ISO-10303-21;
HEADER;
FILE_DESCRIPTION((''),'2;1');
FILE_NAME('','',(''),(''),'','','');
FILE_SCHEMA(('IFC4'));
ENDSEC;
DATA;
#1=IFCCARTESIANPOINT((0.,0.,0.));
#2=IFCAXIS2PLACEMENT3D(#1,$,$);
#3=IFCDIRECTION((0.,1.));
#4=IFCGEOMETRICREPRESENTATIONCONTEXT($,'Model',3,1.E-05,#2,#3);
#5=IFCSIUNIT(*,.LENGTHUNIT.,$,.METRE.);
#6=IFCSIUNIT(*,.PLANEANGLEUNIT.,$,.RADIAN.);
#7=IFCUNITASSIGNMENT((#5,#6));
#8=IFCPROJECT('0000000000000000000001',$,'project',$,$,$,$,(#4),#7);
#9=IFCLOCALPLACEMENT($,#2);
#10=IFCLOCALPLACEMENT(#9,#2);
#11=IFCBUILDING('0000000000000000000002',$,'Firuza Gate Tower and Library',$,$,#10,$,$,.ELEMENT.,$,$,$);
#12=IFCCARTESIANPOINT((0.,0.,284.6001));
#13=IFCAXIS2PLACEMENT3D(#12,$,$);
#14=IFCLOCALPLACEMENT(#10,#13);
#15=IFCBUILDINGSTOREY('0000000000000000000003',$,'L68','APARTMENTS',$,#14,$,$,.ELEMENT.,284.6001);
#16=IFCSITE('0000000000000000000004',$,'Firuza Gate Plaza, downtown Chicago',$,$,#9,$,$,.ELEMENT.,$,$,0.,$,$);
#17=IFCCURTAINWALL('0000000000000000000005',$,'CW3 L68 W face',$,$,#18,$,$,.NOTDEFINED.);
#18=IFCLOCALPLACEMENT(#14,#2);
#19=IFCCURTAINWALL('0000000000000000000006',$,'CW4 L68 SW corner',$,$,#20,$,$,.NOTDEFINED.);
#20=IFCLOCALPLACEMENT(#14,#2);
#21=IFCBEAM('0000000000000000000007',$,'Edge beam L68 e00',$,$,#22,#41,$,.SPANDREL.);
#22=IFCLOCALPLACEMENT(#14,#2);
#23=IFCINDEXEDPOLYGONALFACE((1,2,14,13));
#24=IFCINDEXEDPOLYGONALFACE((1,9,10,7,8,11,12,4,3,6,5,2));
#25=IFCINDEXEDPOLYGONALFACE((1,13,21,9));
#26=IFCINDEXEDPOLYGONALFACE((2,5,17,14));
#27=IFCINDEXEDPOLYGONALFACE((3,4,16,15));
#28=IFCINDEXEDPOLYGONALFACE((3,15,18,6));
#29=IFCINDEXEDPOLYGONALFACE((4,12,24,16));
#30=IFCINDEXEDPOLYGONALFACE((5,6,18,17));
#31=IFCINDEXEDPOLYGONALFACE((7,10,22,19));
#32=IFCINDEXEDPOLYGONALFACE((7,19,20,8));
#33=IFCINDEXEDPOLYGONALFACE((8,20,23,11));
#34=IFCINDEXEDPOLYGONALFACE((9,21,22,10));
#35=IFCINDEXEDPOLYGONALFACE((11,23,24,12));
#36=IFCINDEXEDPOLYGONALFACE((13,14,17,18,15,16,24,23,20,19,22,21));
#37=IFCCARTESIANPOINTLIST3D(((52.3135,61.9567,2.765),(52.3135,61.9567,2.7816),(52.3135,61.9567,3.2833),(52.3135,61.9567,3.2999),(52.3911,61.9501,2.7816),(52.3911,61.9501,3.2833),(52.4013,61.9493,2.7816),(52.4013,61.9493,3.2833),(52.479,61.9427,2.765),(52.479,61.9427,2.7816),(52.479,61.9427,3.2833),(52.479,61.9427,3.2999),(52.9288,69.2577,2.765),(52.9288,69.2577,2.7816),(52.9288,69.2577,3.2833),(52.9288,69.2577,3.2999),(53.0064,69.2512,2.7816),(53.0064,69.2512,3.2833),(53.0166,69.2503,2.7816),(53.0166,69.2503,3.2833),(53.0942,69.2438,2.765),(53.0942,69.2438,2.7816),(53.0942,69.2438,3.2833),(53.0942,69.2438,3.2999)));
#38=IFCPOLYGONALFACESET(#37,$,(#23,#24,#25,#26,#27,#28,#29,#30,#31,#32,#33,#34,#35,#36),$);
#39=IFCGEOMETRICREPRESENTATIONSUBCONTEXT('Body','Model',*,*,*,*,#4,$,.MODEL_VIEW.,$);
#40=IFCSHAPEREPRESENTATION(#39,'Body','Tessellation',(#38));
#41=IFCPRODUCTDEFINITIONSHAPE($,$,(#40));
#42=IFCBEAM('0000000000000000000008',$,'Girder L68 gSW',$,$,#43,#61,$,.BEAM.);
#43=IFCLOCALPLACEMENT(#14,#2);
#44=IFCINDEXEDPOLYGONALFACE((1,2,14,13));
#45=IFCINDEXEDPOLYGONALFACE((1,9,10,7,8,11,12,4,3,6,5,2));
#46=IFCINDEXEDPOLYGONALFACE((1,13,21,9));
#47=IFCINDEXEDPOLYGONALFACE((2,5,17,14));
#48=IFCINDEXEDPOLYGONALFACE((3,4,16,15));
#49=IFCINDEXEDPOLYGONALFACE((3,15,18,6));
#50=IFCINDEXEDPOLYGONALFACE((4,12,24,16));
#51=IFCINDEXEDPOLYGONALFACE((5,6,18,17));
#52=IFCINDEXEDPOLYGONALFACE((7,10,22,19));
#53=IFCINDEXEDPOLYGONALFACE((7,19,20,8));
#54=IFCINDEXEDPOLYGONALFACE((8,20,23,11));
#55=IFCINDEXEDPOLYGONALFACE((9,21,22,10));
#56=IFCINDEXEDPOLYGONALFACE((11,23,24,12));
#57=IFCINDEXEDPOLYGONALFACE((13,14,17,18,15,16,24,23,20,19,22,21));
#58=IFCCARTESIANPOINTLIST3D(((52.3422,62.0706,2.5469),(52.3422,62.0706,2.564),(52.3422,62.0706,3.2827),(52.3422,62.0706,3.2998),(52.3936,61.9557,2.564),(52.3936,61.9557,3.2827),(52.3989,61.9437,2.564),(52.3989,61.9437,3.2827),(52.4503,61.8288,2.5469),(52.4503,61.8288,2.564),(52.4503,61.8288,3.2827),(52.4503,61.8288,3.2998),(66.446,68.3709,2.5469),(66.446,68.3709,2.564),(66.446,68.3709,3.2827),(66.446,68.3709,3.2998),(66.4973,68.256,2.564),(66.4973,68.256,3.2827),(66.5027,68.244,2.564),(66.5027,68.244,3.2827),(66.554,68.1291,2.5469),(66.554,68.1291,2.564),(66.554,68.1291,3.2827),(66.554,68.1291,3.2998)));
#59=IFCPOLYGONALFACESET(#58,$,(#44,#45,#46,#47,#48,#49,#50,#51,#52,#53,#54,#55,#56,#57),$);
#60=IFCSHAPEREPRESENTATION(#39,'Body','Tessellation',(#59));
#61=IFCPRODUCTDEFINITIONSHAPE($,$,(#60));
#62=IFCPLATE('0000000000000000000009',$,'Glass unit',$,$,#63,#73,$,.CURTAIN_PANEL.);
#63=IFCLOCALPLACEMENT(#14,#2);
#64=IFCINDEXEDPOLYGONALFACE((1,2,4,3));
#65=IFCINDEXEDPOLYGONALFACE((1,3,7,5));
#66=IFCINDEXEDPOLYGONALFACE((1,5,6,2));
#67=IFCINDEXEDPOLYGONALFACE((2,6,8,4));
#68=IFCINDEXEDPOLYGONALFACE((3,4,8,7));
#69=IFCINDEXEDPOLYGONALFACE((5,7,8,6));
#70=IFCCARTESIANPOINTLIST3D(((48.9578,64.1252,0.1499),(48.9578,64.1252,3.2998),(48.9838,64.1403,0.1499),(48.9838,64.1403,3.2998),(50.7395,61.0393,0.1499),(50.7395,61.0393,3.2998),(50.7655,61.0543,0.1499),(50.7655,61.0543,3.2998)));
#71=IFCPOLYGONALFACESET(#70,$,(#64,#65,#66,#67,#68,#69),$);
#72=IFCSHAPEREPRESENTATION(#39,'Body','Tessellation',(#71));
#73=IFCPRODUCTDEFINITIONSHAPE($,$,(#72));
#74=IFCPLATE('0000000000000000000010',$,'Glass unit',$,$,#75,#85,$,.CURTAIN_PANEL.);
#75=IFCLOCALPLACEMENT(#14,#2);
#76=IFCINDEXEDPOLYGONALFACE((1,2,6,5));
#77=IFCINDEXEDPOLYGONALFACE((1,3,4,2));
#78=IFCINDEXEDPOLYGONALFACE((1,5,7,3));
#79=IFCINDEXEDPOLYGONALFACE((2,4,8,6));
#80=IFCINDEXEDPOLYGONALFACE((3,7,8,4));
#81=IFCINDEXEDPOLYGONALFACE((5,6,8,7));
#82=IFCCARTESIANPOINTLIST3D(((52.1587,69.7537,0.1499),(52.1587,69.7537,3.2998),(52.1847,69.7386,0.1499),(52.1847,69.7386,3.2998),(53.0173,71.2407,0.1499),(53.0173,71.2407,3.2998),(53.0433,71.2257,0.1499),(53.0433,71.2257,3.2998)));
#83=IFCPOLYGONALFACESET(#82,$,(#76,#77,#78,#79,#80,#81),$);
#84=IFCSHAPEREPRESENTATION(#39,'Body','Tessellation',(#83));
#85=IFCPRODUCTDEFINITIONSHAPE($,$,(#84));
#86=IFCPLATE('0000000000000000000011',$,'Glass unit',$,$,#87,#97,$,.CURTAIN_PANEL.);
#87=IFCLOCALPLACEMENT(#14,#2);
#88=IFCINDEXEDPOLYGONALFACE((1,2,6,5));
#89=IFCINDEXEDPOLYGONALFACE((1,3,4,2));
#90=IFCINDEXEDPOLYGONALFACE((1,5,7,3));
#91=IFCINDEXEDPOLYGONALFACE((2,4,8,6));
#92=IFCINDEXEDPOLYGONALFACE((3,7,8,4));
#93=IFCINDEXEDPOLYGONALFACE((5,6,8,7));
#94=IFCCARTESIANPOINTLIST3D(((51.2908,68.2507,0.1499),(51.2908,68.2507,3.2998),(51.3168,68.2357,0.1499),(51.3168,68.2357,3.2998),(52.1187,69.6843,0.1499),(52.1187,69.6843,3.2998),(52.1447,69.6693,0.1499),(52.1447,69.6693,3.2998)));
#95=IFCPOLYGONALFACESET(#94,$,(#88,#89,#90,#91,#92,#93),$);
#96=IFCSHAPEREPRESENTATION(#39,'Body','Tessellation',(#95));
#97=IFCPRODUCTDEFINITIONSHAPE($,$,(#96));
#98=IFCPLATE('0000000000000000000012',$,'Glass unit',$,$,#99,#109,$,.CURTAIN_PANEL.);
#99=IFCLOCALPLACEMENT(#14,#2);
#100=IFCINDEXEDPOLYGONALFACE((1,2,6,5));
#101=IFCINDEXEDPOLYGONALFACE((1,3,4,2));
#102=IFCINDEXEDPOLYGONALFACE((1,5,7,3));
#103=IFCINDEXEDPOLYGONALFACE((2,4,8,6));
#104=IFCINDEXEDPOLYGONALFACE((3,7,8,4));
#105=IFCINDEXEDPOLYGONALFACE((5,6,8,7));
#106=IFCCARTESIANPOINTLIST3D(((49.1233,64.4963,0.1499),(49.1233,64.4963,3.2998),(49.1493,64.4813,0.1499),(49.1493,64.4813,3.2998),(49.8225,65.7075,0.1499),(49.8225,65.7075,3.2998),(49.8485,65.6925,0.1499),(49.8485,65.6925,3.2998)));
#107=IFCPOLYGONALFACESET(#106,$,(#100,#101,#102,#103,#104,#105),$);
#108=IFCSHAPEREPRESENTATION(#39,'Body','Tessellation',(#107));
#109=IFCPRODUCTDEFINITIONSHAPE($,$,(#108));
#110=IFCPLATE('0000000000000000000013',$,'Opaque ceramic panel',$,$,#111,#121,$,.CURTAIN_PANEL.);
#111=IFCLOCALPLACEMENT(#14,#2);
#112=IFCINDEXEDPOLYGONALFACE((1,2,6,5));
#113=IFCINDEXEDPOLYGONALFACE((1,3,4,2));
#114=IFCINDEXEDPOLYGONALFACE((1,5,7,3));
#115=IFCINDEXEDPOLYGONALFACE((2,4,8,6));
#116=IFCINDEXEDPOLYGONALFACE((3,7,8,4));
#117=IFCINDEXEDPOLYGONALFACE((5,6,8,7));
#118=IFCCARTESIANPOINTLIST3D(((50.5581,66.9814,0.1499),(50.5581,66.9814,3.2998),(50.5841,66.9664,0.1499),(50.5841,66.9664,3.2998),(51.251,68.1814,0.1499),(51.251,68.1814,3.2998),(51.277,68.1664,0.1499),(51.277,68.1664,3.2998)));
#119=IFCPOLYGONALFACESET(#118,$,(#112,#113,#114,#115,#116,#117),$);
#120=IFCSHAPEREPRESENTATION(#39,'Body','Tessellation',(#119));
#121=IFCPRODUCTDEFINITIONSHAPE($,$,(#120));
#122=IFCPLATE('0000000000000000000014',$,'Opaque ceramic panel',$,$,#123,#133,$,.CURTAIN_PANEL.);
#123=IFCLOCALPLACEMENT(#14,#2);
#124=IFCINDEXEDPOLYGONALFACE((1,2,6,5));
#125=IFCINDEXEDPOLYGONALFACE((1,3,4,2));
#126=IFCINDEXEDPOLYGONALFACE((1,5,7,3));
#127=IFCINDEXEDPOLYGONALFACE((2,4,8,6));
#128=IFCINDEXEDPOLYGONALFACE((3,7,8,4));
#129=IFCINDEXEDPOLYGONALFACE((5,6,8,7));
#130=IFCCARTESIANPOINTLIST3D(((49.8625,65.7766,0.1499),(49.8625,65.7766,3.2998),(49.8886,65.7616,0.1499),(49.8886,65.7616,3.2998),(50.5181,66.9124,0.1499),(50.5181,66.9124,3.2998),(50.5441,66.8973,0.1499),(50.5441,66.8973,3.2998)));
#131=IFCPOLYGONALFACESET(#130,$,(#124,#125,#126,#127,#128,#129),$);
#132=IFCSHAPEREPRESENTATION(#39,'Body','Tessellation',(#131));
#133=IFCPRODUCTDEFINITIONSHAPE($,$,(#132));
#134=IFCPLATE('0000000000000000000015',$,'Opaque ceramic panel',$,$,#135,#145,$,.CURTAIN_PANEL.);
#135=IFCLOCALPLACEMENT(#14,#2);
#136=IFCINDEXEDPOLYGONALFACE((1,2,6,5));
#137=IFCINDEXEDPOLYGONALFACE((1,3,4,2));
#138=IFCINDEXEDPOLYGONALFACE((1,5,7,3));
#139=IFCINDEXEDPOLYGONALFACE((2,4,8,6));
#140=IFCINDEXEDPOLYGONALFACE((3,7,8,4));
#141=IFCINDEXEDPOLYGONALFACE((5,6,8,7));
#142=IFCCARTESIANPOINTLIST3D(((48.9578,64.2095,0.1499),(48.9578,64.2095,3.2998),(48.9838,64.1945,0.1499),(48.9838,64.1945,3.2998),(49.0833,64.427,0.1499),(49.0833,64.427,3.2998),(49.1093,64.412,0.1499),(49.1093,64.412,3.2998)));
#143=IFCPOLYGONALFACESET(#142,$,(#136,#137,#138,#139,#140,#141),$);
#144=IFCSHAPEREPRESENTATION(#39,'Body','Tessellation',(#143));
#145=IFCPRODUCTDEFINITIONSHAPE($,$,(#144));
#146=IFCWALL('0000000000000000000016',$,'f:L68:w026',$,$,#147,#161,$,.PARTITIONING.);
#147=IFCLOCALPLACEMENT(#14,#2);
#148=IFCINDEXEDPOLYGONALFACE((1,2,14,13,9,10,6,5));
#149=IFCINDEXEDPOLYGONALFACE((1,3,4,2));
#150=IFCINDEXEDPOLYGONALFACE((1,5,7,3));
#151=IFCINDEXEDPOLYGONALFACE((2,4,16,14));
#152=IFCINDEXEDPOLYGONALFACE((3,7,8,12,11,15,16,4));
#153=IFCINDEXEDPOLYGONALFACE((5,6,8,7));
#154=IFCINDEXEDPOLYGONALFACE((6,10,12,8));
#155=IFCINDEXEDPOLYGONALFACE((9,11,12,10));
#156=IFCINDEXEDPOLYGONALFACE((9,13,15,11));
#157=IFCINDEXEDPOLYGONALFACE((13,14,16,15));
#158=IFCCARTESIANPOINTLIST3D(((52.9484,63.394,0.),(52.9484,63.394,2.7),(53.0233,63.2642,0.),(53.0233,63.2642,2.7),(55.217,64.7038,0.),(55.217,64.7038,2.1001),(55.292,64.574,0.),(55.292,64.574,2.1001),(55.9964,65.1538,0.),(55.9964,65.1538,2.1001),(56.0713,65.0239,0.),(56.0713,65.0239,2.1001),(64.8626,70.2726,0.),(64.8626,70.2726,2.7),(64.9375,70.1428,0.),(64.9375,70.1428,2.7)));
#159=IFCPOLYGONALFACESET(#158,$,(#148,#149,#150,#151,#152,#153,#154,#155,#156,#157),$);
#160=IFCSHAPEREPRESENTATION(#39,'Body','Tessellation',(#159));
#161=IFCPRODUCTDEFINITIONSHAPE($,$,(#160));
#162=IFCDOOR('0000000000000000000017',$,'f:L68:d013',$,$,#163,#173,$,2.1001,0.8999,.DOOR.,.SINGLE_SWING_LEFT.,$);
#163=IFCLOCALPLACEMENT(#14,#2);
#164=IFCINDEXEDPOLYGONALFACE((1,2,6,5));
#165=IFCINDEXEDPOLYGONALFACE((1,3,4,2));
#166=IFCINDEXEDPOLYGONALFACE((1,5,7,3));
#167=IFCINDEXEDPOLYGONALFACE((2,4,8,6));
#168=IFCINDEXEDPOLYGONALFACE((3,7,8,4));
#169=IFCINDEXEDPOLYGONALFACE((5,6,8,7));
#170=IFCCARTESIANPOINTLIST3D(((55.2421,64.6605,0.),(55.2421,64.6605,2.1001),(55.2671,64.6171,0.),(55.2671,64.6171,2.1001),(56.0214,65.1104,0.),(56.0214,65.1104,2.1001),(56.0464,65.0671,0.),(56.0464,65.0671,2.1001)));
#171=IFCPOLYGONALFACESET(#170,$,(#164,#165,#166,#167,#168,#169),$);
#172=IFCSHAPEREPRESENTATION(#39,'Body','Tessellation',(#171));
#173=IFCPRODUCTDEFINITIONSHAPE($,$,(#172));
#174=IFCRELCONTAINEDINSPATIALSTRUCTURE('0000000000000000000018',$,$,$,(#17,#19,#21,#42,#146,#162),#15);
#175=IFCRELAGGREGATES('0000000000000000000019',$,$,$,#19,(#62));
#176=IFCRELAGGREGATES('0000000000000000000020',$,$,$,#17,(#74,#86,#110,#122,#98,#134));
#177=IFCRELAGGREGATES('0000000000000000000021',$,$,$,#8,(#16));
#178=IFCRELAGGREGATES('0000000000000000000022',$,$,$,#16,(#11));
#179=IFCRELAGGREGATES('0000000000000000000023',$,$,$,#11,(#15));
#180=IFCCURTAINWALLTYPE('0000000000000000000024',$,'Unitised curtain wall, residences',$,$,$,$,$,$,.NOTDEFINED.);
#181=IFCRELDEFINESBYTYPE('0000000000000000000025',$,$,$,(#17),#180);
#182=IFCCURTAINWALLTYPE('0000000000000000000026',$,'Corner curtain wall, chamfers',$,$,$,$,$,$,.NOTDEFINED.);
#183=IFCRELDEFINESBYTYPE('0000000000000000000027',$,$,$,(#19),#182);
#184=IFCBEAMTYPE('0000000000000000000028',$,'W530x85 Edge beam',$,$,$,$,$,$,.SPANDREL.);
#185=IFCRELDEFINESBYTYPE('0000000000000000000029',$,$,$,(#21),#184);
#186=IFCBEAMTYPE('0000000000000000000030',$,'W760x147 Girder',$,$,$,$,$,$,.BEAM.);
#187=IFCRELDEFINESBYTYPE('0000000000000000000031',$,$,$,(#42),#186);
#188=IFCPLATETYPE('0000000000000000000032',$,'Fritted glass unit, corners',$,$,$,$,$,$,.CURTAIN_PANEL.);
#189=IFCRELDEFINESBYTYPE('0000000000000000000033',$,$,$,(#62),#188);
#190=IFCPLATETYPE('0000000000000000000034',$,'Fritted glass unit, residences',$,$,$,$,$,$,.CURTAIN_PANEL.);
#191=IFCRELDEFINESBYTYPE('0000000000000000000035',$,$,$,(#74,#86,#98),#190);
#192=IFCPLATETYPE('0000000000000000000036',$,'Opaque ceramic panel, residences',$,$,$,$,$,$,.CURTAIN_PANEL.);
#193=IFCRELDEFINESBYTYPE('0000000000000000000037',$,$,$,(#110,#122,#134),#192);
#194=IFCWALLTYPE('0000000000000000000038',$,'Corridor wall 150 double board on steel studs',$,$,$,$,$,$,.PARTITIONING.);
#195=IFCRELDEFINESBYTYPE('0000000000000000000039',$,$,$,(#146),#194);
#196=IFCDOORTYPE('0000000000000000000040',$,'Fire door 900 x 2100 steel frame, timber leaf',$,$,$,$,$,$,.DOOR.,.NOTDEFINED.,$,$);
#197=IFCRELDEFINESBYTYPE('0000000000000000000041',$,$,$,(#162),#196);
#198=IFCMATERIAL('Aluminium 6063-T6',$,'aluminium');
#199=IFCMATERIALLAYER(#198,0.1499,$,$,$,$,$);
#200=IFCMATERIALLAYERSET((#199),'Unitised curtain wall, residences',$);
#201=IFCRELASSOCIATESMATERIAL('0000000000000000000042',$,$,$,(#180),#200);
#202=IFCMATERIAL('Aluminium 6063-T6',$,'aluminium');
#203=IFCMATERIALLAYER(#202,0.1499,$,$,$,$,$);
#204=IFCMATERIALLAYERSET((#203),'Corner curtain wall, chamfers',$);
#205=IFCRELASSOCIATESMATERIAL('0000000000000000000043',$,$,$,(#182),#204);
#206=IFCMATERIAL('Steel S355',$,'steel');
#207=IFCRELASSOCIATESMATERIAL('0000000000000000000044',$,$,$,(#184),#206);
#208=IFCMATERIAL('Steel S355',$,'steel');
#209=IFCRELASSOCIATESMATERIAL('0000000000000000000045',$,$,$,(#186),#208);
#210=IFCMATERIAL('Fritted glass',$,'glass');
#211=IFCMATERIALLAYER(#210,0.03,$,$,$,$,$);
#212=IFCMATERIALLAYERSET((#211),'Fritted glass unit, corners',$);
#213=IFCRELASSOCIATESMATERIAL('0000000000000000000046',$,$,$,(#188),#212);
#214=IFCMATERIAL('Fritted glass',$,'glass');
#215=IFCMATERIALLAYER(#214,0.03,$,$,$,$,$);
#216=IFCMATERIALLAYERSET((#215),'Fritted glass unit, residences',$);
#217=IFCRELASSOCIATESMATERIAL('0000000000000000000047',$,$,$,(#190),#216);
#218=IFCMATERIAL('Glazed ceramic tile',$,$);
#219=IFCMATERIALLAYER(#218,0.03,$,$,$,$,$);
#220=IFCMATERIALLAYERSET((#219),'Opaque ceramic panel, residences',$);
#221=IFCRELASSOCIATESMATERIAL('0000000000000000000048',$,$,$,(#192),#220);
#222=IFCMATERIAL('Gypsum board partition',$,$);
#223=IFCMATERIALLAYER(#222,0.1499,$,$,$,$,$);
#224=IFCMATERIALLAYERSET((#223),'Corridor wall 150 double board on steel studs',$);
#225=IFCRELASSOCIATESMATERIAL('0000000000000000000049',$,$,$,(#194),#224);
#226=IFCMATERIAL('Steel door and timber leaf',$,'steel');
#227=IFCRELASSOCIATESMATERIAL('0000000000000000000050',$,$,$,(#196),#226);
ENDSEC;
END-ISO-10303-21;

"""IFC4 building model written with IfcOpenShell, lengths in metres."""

from ifc_helpers import new_model, si_unit, direction, frame, frame_2d, origin, origin_2d, place, context, subcontext, project, spatial, polyline, rectangle, i_section, outline, extrude, material, layer, layer_set, material_profile, profile_set, type_object, element, fill, aggregate, save


model = new_model("IFC4")

# Units and contexts
model_context = context("Model", 3, precision=1e-05, world=origin(), true_north=direction((0.0, 1.0)))
body_context = subcontext(model_context, "Body", "Model", "MODEL_VIEW")
ifc_project = project(units=[si_unit("LENGTHUNIT", "METRE"), si_unit("PLANEANGLEUNIT", "RADIAN")], contexts=[model_context])

# Site, building, storey
site_placement = place(None, origin())
site = spatial("IfcSite", under=ifc_project, at=site_placement, Name="Firuza Gate Plaza, downtown Chicago", CompositionType="ELEMENT", RefElevation=0.0)
building_placement = place(site_placement, origin())
building = spatial("IfcBuilding", under=site, at=building_placement, Name="Firuza Gate Tower and Library", CompositionType="ELEMENT")
storey_placement = place(building_placement, frame((0.0, 0.0, 284.6001)))
storey = spatial("IfcBuildingStorey", under=building, at=storey_placement, Name="L68", Description="APARTMENTS", CompositionType="ELEMENT", Elevation=284.6001)

# Curtain walls
ifc_material_1 = material(Name="Aluminium 6063-T6", Category="aluminium")
ifc_layer_1 = layer(ifc_material_1, 0.1499)
ifc_layer_set_1 = layer_set([ifc_layer_1], Name="Unitised curtain wall, residences")
curtain_wall_type_1 = type_object("IfcCurtainWallType", Name="Unitised curtain wall, residences", PredefinedType="NOTDEFINED", material=ifc_layer_set_1)
placement = place(storey_placement, origin())
curtain_wall_1 = element("IfcCurtainWall", 1, at=placement, inside=storey, type_object=curtain_wall_type_1, Name="CW3 L68 W face", PredefinedType="NOTDEFINED")
ifc_material_2 = material(Name="Aluminium 6063-T6", Category="aluminium")
ifc_layer_2 = layer(ifc_material_2, 0.1499)
ifc_layer_set_2 = layer_set([ifc_layer_2], Name="Corner curtain wall, chamfers")
curtain_wall_type_2 = type_object("IfcCurtainWallType", Name="Corner curtain wall, chamfers", PredefinedType="NOTDEFINED", material=ifc_layer_set_2)
curtain_wall_2 = element("IfcCurtainWall", 2, at=placement, inside=storey, type_object=curtain_wall_type_2, Name="CW4 L68 SW corner", PredefinedType="NOTDEFINED")

# Beams
ifc_material_3 = material(Name="Steel S355", Category="steel")
ifc_material_profile_1 = material_profile(ifc_material_3, i_section(OverallWidth=0.166, OverallDepth=0.5349, WebThickness=0.0103, FlangeThickness=0.0166, at=origin_2d()))
ifc_profile_set_1 = profile_set([ifc_material_profile_1], Name="Steel S355")
beam_type_1 = type_object("IfcBeamType", Name="W530x85 Edge beam", PredefinedType="SPANDREL", material=ifc_profile_set_1)
beam_1_placement = place(storey_placement, frame((53.0115, 69.2507, 3.0325), z_axis=(-0.083969, -0.996468, 0.0), x_axis=(0.996468, -0.083969, 0.0)))
element("IfcBeam", 3, at=beam_1_placement, inside=storey, type_object=beam_type_1, Name="Edge beam L68 e00", PredefinedType="SPANDREL", context=body_context, shape_type="SweptSolid", body=[
    extrude(i_section(OverallWidth=0.166, OverallDepth=0.5349, WebThickness=0.0103, FlangeThickness=0.0166, at=origin_2d()), origin(), (0.0, 0.0, 1.0), 7.3269),
])
ifc_material_4 = material(Name="Steel S355", Category="steel")
ifc_material_profile_2 = material_profile(ifc_material_4, i_section(OverallWidth=0.2649, OverallDepth=0.7529, WebThickness=0.0132, FlangeThickness=0.0171, at=origin_2d()))
ifc_profile_set_2 = profile_set([ifc_material_profile_2], Name="Steel S355")
beam_type_2 = type_object("IfcBeamType", Name="W760x147 Girder", PredefinedType="BEAM", material=ifc_profile_set_2)
beam_2_placement = place(storey_placement, frame((52.3962, 61.9497, 2.9233), z_axis=(0.913042, 0.407865, 0.0), x_axis=(-0.407865, 0.913042, 0.0)))
element("IfcBeam", 4, at=beam_2_placement, inside=storey, type_object=beam_type_2, Name="Girder L68 gSW", PredefinedType="BEAM", context=body_context, shape_type="SweptSolid", body=[
    extrude(i_section(OverallWidth=0.2649, OverallDepth=0.7529, WebThickness=0.0132, FlangeThickness=0.0171, at=origin_2d()), origin(), (0.0, 0.0, 1.0), 15.447),
])

# Plates
ifc_material_5 = material(Name="Fritted glass", Category="glass")
ifc_layer_3 = layer(ifc_material_5, 0.03)
ifc_layer_set_3 = layer_set([ifc_layer_3], Name="Fritted glass unit, corners")
plate_type_1 = type_object("IfcPlateType", Name="Fritted glass unit, corners", PredefinedType="CURTAIN_PANEL", material=ifc_layer_set_3)
plate_1_placement = place(storey_placement, frame((48.9578, 64.1252, 0.1499), z_axis=(-0.866017, -0.500015, 0.0), x_axis=(0.500015, -0.866017, 0.0)))
plate_1 = element("IfcPlate", 5, at=plate_1_placement, type_object=plate_type_1, Name="Glass unit", PredefinedType="CURTAIN_PANEL", context=body_context, shape_type="SweptSolid", body=[
    extrude(outline(polyline([(0.0, 0.0), (3.5634, 0.0), (3.5634, 3.1499), (0.0, 3.1499), (0.0, 0.0)])), origin(), (0.0, 0.0, -1.0), 0.03),
])
aggregate(curtain_wall_2, [plate_1])
ifc_material_6 = material(Name="Fritted glass", Category="glass")
ifc_layer_4 = layer(ifc_material_6, 0.03)
ifc_layer_set_4 = layer_set([ifc_layer_4], Name="Fritted glass unit, residences")
plate_type_2 = type_object("IfcPlateType", Name="Fritted glass unit, residences", PredefinedType="CURTAIN_PANEL", material=ifc_layer_set_4)
plate_2_placement = place(storey_placement, frame((53.0173, 71.2407, 0.1499), z_axis=(-0.866003, 0.500038, 0.0), x_axis=(-0.500038, -0.866003, 0.0)))
plate_2 = element("IfcPlate", 6, at=plate_2_placement, type_object=plate_type_2, Name="Glass unit", PredefinedType="CURTAIN_PANEL", context=body_context, shape_type="SweptSolid", body=[
    extrude(outline(polyline([(0.0, 0.0), (1.7172, 0.0), (1.7172, 3.1499), (0.0, 3.1499), (0.0, 0.0)])), origin(), (0.0, 0.0, -1.0), 0.03),
])
plate_3_placement = place(storey_placement, frame((52.1187, 69.6843, 0.1499), z_axis=(-0.865974, 0.500088, 0.0), x_axis=(-0.500088, -0.865974, 0.0)))
plate_3 = element("IfcPlate", 7, at=plate_3_placement, type_object=plate_type_2, Name="Glass unit", PredefinedType="CURTAIN_PANEL", context=body_context, shape_type="SweptSolid", body=[
    extrude(outline(polyline([(0.0, 0.0), (1.6555, 0.0), (1.6555, 3.1499), (0.0, 3.1499), (0.0, 0.0)])), origin(), (0.0, 0.0, -1.0), 0.03),
])
plate_4_placement = place(storey_placement, frame((49.8225, 65.7075, 0.1499), z_axis=(-0.866043, 0.499969, 0.0), x_axis=(-0.499969, -0.866043, 0.0)))
plate_4 = element("IfcPlate", 8, at=plate_4_placement, type_object=plate_type_2, Name="Glass unit", PredefinedType="CURTAIN_PANEL", context=body_context, shape_type="SweptSolid", body=[
    extrude(outline(polyline([(0.0, 0.0), (1.3985, 0.0), (1.3985, 3.1499), (0.0, 3.1499), (0.0, 0.0)])), origin(), (0.0, 0.0, -1.0), 0.03),
])
ifc_material_7 = material(Name="Glazed ceramic tile")
ifc_layer_5 = layer(ifc_material_7, 0.03)
ifc_layer_set_5 = layer_set([ifc_layer_5], Name="Opaque ceramic panel, residences")
plate_type_3 = type_object("IfcPlateType", Name="Opaque ceramic panel, residences", PredefinedType="CURTAIN_PANEL", material=ifc_layer_set_5)
plate_5_placement = place(storey_placement, frame((51.251, 68.1814, 0.1499), z_axis=(-0.866001, 0.500043, 0.0), x_axis=(-0.500043, -0.866001, 0.0)))
plate_5 = element("IfcPlate", 9, at=plate_5_placement, type_object=plate_type_3, Name="Opaque ceramic panel", PredefinedType="CURTAIN_PANEL", context=body_context, shape_type="SweptSolid", body=[
    extrude(outline(polyline([(0.0, 0.0), (1.3856, 0.0), (1.3856, 3.1499), (0.0, 3.1499), (0.0, 0.0)])), origin(), (0.0, 0.0, -1.0), 0.03),
])
plate_6_placement = place(storey_placement, frame((50.5181, 66.9124, 0.1499), z_axis=(-0.866093, 0.499884, 0.0), x_axis=(-0.499884, -0.866093, 0.0)))
plate_6 = element("IfcPlate", 10, at=plate_6_placement, type_object=plate_type_3, Name="Opaque ceramic panel", PredefinedType="CURTAIN_PANEL", context=body_context, shape_type="SweptSolid", body=[
    extrude(outline(polyline([(0.0, 0.0), (1.3113, 0.0), (1.3113, 3.1499), (0.0, 3.1499), (0.0, 0.0)])), origin(), (0.0, 0.0, -1.0), 0.03),
])
plate_7_placement = place(storey_placement, frame((49.0833, 64.427, 0.1499), z_axis=(-0.866202, 0.499694, 0.0), x_axis=(-0.499694, -0.866202, 0.0)))
plate_7 = element("IfcPlate", 11, at=plate_7_placement, type_object=plate_type_3, Name="Opaque ceramic panel", PredefinedType="CURTAIN_PANEL", context=body_context, shape_type="SweptSolid", body=[
    extrude(outline(polyline([(0.0, 0.0), (0.2511, 0.0), (0.2511, 3.1499), (0.0, 3.1499), (0.0, 0.0)])), origin(), (0.0, 0.0, -1.0), 0.03),
])
aggregate(curtain_wall_1, [plate_2, plate_3, plate_5, plate_6, plate_4, plate_7])

# Wall, opening, door
ifc_material_8 = material(Name="Gypsum board partition")
ifc_layer_6 = layer(ifc_material_8, 0.1499)
ifc_layer_set_6 = layer_set([ifc_layer_6], Name="Corridor wall 150 double board on steel studs")
wall_type_1 = type_object("IfcWallType", Name="Corridor wall 150 double board on steel studs", PredefinedType="PARTITIONING", material=ifc_layer_set_6)
wall_1_placement = place(storey_placement, frame((52.9858, 63.3291, 0.0), z_axis=(0.0, 0.0, 1.0), x_axis=(0.866027, 0.499996, 0.0)))
wall_1 = element("IfcWall", 12, at=wall_1_placement, inside=storey, type_object=wall_type_1, Name="f:L68:w026", PredefinedType="PARTITIONING", context=body_context, shape_type="SweptSolid", body=[
    extrude(rectangle(XDim=13.7573, YDim=0.1499, at=frame_2d((6.8787, 0.0))), origin(), (0.0, 0.0, 1.0), 2.7),
])
opening_placement = place(wall_1_placement, frame((2.6196, 0.0, 0.0)))
opening = element("IfcOpeningElement", 13, at=opening_placement, cuts=wall_1, PredefinedType="OPENING", context=body_context, shape_type="SweptSolid", body=[
    extrude(rectangle(XDim=0.8999, YDim=2.1001, at=frame_2d((0.45, 1.05))), frame((0.0, 0.085, 0.0), z_axis=(0.0, -1.0, 0.0), x_axis=(1.0, 0.0, 0.0)), (0.0, 0.0, 1.0), 0.1699),
])
ifc_material_9 = material(Name="Steel door and timber leaf", Category="steel")
door_type = type_object("IfcDoorType", Name="Fire door 900 x 2100 steel frame, timber leaf", OperationType="NOTDEFINED", PredefinedType="DOOR", material=ifc_material_9)
door_placement = place(opening_placement, origin())
door = element("IfcDoor", 14, at=door_placement, inside=storey, type_object=door_type, Name="f:L68:d013", OperationType="SINGLE_SWING_LEFT", OverallHeight=2.1001, OverallWidth=0.8999, PredefinedType="DOOR", context=body_context, shape_type="SweptSolid", body=[
    extrude(rectangle(XDim=0.8999, YDim=2.1001, at=frame_2d((0.45, 1.05))), frame((0.0, 0.0249, 0.0), z_axis=(0.0, -1.0, 0.0), x_axis=(1.0, 0.0, 0.0)), (0.0, 0.0, 1.0), 0.05),
])
fill(opening, door)

save(model, "model.ifc")
